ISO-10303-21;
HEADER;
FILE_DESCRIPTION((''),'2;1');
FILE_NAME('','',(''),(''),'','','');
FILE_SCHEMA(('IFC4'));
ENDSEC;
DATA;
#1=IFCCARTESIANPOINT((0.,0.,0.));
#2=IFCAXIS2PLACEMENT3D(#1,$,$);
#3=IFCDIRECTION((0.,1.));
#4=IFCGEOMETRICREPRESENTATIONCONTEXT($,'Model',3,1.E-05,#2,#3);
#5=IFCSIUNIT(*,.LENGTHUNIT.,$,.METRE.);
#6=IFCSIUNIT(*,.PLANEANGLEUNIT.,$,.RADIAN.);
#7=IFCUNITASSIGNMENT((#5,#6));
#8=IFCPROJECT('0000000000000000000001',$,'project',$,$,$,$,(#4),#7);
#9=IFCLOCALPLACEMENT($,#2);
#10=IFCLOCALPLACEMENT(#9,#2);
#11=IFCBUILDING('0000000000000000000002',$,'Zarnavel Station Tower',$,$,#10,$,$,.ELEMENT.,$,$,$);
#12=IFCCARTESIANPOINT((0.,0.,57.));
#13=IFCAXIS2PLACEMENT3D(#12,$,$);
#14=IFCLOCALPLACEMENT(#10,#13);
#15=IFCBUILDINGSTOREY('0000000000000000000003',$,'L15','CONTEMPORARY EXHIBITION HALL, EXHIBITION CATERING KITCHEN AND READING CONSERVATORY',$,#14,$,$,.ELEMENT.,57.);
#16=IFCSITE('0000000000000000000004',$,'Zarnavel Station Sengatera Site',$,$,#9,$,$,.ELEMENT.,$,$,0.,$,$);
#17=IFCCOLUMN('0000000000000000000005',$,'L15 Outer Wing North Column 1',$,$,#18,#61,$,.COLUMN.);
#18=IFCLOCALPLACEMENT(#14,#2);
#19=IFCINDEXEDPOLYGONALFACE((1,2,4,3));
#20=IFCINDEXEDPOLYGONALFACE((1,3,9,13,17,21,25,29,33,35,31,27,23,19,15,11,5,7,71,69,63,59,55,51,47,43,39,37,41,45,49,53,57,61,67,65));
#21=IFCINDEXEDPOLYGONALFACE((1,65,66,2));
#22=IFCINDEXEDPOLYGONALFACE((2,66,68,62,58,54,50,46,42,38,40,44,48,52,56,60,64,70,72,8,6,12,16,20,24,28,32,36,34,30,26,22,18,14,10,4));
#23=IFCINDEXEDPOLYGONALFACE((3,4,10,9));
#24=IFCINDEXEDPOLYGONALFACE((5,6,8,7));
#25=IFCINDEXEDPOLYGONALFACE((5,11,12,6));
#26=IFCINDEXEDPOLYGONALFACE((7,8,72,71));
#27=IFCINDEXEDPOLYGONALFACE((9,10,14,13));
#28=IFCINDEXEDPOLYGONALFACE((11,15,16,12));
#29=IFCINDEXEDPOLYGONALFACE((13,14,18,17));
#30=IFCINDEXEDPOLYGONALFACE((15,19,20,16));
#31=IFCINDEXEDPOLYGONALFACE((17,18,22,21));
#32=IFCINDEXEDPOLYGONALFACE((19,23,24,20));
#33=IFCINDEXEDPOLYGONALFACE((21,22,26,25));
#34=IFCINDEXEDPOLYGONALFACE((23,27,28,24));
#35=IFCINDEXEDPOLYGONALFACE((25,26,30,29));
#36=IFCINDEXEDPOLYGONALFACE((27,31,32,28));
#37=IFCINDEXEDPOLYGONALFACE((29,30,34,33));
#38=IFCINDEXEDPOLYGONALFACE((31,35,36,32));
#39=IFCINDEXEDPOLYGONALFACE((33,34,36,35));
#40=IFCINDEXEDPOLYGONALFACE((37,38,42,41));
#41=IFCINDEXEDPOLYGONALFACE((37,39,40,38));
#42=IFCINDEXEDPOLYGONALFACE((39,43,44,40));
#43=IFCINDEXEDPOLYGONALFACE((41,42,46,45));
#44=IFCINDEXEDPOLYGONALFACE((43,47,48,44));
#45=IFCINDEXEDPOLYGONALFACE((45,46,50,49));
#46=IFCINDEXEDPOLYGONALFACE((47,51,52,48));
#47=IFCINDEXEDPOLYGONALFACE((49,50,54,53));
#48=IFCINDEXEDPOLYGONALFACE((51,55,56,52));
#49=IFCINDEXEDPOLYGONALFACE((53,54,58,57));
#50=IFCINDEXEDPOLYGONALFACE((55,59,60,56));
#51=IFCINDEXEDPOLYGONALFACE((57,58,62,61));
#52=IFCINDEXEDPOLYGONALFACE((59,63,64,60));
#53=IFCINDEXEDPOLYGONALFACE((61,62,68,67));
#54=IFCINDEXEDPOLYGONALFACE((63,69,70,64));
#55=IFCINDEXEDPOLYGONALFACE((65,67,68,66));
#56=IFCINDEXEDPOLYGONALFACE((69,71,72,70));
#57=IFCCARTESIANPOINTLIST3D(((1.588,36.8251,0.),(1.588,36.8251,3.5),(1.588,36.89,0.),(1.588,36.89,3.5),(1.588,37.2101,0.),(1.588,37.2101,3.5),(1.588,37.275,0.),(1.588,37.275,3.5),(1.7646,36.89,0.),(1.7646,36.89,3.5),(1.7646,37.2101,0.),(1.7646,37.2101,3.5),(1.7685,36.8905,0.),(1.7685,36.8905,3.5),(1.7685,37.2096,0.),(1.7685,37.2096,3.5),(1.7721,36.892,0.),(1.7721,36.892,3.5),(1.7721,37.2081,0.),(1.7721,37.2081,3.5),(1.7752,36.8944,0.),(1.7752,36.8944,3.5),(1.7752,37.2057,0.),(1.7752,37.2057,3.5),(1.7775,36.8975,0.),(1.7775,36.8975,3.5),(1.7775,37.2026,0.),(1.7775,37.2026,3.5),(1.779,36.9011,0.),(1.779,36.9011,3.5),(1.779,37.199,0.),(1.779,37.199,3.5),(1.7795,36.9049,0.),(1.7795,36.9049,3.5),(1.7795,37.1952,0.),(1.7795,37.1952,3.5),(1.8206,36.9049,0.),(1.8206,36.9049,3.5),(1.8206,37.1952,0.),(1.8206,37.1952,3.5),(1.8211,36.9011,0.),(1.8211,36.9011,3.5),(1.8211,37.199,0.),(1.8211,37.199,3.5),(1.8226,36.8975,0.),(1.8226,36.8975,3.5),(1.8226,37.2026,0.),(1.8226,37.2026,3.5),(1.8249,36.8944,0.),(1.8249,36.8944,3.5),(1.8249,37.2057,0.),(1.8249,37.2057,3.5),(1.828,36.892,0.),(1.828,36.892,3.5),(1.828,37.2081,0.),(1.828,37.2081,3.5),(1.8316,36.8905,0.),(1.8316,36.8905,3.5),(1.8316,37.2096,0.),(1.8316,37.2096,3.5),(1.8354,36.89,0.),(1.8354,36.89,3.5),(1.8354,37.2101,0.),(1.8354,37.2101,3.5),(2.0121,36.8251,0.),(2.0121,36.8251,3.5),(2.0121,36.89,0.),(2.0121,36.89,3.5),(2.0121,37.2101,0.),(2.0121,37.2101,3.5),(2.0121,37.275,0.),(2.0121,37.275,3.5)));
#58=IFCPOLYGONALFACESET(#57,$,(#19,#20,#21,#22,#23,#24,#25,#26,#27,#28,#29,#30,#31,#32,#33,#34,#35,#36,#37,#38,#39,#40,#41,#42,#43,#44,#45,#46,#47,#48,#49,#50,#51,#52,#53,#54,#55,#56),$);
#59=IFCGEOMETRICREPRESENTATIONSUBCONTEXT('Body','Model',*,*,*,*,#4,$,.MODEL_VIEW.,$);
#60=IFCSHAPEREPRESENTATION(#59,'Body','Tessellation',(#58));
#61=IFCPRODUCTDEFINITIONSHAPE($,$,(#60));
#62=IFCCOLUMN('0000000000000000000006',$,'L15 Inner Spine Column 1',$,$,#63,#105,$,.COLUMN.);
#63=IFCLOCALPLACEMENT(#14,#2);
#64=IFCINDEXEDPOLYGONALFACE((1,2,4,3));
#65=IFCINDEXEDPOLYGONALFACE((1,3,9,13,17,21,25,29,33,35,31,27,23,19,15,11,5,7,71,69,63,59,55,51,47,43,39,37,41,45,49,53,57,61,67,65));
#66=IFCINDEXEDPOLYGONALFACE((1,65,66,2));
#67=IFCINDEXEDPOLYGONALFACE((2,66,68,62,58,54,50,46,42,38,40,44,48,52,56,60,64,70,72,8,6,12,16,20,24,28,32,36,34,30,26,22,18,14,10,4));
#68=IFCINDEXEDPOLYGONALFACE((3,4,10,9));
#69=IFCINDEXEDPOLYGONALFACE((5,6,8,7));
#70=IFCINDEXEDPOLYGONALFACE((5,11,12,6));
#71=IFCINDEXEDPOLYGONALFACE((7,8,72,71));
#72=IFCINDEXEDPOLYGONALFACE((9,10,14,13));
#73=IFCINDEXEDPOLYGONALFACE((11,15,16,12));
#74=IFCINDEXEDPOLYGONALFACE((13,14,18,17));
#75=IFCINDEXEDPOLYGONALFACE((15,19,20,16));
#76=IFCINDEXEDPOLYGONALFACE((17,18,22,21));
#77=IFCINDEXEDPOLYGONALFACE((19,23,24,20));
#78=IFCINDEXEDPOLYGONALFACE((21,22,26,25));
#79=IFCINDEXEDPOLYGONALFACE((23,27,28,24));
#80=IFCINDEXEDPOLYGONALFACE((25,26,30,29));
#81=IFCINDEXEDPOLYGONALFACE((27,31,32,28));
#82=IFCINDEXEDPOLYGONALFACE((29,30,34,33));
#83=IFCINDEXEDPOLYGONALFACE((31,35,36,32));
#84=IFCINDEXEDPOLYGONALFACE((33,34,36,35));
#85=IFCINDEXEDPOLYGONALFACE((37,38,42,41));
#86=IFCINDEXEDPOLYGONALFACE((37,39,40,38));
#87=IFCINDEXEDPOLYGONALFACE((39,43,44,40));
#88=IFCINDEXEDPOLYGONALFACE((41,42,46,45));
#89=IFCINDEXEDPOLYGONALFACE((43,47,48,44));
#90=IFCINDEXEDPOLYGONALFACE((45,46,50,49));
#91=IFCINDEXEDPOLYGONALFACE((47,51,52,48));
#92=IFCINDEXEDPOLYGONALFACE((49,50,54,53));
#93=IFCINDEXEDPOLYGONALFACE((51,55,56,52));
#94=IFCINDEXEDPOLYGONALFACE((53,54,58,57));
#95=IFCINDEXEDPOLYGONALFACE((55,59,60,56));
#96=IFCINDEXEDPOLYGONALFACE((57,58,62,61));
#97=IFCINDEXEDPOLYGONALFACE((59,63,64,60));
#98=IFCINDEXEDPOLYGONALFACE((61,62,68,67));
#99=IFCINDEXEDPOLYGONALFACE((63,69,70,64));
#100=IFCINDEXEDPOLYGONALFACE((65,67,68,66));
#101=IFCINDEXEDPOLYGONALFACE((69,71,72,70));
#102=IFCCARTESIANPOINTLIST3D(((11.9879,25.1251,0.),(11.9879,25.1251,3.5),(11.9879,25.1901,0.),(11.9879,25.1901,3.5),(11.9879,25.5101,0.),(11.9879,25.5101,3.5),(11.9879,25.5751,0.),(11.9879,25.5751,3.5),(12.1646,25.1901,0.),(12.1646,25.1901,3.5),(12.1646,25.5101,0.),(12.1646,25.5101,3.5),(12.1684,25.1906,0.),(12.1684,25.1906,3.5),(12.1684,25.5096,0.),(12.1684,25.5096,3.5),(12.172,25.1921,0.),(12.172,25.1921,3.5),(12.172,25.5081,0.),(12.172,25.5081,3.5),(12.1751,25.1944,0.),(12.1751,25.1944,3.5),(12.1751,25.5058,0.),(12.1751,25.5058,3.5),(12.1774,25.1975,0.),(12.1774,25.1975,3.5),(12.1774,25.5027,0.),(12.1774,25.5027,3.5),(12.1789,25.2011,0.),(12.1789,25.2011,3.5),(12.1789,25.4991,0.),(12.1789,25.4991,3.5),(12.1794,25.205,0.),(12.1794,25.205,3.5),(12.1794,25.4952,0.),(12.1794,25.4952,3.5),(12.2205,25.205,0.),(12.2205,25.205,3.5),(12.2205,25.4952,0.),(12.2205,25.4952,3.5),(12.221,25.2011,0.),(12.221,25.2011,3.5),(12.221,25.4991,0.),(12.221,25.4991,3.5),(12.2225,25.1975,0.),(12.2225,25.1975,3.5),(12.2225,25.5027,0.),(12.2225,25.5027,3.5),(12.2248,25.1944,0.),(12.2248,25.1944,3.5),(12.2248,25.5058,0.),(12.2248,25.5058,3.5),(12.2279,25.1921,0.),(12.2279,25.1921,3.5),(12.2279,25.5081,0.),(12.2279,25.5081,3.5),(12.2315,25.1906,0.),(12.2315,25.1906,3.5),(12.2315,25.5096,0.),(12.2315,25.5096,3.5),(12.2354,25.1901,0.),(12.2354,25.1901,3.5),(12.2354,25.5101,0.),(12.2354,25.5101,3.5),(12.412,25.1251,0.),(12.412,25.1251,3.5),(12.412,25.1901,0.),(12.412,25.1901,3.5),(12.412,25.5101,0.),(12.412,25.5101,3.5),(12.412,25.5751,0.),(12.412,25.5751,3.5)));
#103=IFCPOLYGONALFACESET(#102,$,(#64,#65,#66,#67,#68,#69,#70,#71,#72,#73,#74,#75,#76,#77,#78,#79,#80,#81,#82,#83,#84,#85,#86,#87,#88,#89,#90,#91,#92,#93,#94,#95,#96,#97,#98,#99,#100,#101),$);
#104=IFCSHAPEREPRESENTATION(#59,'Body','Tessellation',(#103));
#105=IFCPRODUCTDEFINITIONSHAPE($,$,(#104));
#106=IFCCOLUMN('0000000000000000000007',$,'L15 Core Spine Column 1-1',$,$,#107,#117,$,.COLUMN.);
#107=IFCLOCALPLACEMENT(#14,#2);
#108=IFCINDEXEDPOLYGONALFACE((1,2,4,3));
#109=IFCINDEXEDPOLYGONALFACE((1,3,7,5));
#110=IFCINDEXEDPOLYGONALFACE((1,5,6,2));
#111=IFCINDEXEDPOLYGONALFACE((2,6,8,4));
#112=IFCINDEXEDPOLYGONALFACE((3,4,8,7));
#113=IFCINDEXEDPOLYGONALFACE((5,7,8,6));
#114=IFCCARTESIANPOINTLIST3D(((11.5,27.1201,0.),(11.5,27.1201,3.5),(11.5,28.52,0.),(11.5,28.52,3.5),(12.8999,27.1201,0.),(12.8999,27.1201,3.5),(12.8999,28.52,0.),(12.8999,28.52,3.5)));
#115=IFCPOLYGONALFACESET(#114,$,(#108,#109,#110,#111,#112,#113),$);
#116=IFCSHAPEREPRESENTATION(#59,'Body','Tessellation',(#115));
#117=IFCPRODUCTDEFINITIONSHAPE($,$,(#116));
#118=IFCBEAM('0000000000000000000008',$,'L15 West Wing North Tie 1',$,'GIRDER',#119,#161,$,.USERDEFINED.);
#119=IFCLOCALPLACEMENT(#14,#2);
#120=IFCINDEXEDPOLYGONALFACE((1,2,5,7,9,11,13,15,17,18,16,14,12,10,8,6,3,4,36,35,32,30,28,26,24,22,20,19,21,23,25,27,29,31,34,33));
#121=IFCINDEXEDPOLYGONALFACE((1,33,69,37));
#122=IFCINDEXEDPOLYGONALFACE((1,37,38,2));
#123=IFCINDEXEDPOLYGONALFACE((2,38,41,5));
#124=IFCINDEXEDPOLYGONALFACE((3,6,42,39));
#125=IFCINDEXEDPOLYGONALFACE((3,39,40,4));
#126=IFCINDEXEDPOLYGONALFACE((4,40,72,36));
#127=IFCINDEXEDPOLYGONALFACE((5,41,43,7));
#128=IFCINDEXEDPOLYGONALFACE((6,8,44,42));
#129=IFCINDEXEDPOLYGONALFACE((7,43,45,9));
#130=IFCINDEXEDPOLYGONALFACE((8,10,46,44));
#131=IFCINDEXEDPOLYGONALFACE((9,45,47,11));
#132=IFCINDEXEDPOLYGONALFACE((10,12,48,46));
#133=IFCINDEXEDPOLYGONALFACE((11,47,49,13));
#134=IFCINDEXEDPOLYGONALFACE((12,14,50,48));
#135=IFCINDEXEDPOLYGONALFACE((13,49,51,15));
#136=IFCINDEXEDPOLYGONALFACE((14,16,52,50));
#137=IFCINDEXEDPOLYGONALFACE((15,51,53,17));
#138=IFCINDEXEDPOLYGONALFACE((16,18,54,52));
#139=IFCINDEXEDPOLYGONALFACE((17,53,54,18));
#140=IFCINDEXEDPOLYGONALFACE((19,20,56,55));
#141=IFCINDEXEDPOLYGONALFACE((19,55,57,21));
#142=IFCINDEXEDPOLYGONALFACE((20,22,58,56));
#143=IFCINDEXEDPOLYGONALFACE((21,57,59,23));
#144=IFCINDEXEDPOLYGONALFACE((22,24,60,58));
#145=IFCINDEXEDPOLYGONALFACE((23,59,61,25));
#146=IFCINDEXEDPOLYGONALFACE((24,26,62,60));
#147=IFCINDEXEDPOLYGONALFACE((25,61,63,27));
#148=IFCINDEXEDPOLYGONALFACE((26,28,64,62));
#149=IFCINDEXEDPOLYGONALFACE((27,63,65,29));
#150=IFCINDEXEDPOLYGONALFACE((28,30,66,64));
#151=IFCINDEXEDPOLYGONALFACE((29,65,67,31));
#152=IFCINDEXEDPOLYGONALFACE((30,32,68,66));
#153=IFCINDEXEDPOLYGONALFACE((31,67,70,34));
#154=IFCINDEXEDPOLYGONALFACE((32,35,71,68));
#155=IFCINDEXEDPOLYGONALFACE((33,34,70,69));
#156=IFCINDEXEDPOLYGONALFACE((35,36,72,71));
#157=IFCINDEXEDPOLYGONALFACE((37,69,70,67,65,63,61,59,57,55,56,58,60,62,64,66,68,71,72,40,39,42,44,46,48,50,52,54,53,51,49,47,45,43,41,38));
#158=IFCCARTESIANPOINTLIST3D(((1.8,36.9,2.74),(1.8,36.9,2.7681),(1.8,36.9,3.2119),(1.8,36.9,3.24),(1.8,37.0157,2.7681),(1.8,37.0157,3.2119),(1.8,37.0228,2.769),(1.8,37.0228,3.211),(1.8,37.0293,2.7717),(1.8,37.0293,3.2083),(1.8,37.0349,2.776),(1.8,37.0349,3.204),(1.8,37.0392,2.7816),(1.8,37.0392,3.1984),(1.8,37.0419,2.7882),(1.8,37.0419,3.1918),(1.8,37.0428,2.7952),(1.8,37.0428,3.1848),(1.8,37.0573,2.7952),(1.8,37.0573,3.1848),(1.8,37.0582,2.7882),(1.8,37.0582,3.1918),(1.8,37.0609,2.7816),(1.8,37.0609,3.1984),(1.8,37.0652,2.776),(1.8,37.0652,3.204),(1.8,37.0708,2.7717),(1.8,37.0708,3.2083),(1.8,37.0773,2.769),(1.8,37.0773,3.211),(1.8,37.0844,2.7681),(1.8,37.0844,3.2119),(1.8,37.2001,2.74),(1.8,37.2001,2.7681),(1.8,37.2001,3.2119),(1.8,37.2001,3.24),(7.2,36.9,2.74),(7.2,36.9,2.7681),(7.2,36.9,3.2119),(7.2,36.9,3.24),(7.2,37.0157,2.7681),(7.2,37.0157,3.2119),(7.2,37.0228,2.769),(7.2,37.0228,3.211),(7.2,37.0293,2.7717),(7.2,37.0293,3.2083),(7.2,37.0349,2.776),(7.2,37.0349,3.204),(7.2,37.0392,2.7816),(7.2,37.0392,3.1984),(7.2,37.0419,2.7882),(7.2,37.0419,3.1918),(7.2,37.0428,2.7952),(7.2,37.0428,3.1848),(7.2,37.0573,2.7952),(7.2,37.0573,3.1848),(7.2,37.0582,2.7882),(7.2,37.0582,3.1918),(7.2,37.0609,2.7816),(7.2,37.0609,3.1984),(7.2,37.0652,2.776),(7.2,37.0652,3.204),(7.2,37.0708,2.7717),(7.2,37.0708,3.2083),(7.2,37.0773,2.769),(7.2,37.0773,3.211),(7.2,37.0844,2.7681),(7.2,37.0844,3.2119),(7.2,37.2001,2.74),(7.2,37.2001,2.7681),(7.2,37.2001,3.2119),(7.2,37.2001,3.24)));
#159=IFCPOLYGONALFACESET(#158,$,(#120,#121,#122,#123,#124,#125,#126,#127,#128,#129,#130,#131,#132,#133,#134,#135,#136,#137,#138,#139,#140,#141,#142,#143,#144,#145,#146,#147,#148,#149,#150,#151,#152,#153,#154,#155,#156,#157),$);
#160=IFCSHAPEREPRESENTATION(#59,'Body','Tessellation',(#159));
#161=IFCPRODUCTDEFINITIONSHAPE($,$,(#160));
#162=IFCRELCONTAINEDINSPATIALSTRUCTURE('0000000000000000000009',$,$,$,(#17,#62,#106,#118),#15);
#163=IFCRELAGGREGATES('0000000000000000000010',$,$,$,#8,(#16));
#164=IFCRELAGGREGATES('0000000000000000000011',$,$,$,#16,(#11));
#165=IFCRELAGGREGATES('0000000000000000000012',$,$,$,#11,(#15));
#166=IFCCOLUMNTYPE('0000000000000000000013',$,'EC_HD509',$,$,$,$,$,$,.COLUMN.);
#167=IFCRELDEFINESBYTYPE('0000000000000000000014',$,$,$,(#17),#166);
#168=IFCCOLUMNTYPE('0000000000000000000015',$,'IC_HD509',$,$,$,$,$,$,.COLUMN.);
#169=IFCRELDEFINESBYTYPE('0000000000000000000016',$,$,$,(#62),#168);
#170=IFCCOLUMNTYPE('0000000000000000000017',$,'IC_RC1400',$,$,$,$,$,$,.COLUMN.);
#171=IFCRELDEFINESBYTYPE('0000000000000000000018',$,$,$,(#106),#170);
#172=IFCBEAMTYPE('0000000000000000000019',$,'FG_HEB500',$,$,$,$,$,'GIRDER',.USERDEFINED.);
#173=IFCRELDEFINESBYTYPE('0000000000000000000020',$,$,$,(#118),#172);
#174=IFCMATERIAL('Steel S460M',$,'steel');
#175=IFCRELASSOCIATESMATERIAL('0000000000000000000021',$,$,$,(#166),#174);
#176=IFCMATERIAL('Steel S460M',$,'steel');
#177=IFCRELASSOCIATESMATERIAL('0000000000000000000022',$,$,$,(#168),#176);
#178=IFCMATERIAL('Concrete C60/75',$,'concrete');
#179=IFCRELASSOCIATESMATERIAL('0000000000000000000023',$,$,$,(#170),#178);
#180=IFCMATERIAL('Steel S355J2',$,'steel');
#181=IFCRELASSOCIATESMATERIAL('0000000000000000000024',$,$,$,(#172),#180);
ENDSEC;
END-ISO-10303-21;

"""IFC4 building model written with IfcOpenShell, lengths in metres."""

from ifc_helpers import new_model, si_unit, direction, frame, origin, origin_2d, place, context, subcontext, project, spatial, rectangle, i_section, extrude, material, material_profile, profile_set, type_object, element, save


model = new_model("IFC4")

# Units and contexts
model_context = context("Model", 3, precision=1e-05, world=origin(), true_north=direction((0.0, 1.0)))
body_context = subcontext(model_context, "Body", "Model", "MODEL_VIEW")
ifc_project = project(units=[si_unit("LENGTHUNIT", "METRE"), si_unit("PLANEANGLEUNIT", "RADIAN")], contexts=[model_context])

# Site, building, storey
site_placement = place(None, origin())
site = spatial("IfcSite", under=ifc_project, at=site_placement, Name="Zarnavel Station Sengatera Site", CompositionType="ELEMENT", RefElevation=0.0)
building_placement = place(site_placement, origin())
building = spatial("IfcBuilding", under=site, at=building_placement, Name="Zarnavel Station Tower", CompositionType="ELEMENT")
storey_placement = place(building_placement, frame((0.0, 0.0, 57.0)))
storey = spatial("IfcBuildingStorey", under=building, at=storey_placement, Name="L15", Description="CONTEMPORARY EXHIBITION HALL, EXHIBITION CATERING KITCHEN AND READING CONSERVATORY", CompositionType="ELEMENT", Elevation=57.0)

# Columns
ifc_material_1 = material(Name="Steel S460M", Category="steel")
ifc_material_profile_1 = material_profile(ifc_material_1, i_section(OverallWidth=0.4241, OverallDepth=0.45, WebThickness=0.041, FlangeThickness=0.0649, FilletRadius=0.0149, at=origin_2d()), Name="HD400x509")
ifc_profile_set_1 = profile_set([ifc_material_profile_1], Name="Steel S460M")
column_type_1 = type_object("IfcColumnType", Name="EC_HD509", PredefinedType="COLUMN", material=ifc_profile_set_1)
column_1_placement = place(storey_placement, frame((1.8, 37.05, 0.0), z_axis=(0.0, 0.0, 1.0), x_axis=(1.0, 0.0, 0.0)))
element("IfcColumn", 1, at=column_1_placement, inside=storey, type_object=column_type_1, Name="L15 Outer Wing North Column 1", PredefinedType="COLUMN", context=body_context, shape_type="SweptSolid", body=[
    extrude(i_section(OverallWidth=0.4241, OverallDepth=0.45, WebThickness=0.041, FlangeThickness=0.0649, FilletRadius=0.0149, at=origin_2d()), origin(), (0.0, 0.0, 1.0), 3.5),
])
ifc_material_2 = material(Name="Steel S460M", Category="steel")
ifc_material_profile_2 = material_profile(ifc_material_2, i_section(OverallWidth=0.4241, OverallDepth=0.45, WebThickness=0.041, FlangeThickness=0.0649, FilletRadius=0.0149, at=origin_2d()), Name="HD400x509")
ifc_profile_set_2 = profile_set([ifc_material_profile_2], Name="Steel S460M")
column_type_2 = type_object("IfcColumnType", Name="IC_HD509", PredefinedType="COLUMN", material=ifc_profile_set_2)
column_2_placement = place(storey_placement, frame((12.2, 25.3501, 0.0), z_axis=(0.0, 0.0, 1.0), x_axis=(1.0, 0.0, 0.0)))
element("IfcColumn", 2, at=column_2_placement, inside=storey, type_object=column_type_2, Name="L15 Inner Spine Column 1", PredefinedType="COLUMN", context=body_context, shape_type="SweptSolid", body=[
    extrude(i_section(OverallWidth=0.4241, OverallDepth=0.45, WebThickness=0.041, FlangeThickness=0.0649, FilletRadius=0.0149, at=origin_2d()), origin(), (0.0, 0.0, 1.0), 3.5),
])
ifc_material_3 = material(Name="Concrete C60/75", Category="concrete")
ifc_material_profile_3 = material_profile(ifc_material_3, rectangle(XDim=1.3999, YDim=1.3999, at=origin_2d()), Name="RC1400x1400")
ifc_profile_set_3 = profile_set([ifc_material_profile_3], Name="Concrete C60/75")
column_type_3 = type_object("IfcColumnType", Name="IC_RC1400", PredefinedType="COLUMN", material=ifc_profile_set_3)
column_3_placement = place(storey_placement, frame((12.2, 27.8201, 0.0), z_axis=(0.0, 0.0, 1.0), x_axis=(1.0, 0.0, 0.0)))
element("IfcColumn", 3, at=column_3_placement, inside=storey, type_object=column_type_3, Name="L15 Core Spine Column 1-1", PredefinedType="COLUMN", context=body_context, shape_type="SweptSolid", body=[
    extrude(rectangle(XDim=1.3999, YDim=1.3999, at=origin_2d()), origin(), (0.0, 0.0, 1.0), 3.5),
])

# Beam
ifc_material_4 = material(Name="Steel S355J2", Category="steel")
ifc_material_profile_4 = material_profile(ifc_material_4, i_section(OverallWidth=0.3, OverallDepth=0.5, WebThickness=0.0144, FlangeThickness=0.0281, FilletRadius=0.0271, at=origin_2d()), Name="HEB500")
ifc_profile_set_4 = profile_set([ifc_material_profile_4], Name="Steel S355J2")
beam_type_1 = type_object("IfcBeamType", Name="FG_HEB500", ElementType="GIRDER", PredefinedType="USERDEFINED", material=ifc_profile_set_4)
beam_1_placement = place(storey_placement, frame((1.8, 37.05, 2.99), z_axis=(1.0, 0.0, 0.0), x_axis=(0.0, 1.0, 0.0)))
element("IfcBeam", 4, at=beam_1_placement, inside=storey, type_object=beam_type_1, Name="L15 West Wing North Tie 1", ObjectType="GIRDER", PredefinedType="USERDEFINED", context=body_context, shape_type="SweptSolid", body=[
    extrude(i_section(OverallWidth=0.3, OverallDepth=0.5, WebThickness=0.0144, FlangeThickness=0.0281, FilletRadius=0.0271, at=origin_2d()), origin(), (0.0, 0.0, 1.0), 5.3999),
])

save(model, "model.ifc")
